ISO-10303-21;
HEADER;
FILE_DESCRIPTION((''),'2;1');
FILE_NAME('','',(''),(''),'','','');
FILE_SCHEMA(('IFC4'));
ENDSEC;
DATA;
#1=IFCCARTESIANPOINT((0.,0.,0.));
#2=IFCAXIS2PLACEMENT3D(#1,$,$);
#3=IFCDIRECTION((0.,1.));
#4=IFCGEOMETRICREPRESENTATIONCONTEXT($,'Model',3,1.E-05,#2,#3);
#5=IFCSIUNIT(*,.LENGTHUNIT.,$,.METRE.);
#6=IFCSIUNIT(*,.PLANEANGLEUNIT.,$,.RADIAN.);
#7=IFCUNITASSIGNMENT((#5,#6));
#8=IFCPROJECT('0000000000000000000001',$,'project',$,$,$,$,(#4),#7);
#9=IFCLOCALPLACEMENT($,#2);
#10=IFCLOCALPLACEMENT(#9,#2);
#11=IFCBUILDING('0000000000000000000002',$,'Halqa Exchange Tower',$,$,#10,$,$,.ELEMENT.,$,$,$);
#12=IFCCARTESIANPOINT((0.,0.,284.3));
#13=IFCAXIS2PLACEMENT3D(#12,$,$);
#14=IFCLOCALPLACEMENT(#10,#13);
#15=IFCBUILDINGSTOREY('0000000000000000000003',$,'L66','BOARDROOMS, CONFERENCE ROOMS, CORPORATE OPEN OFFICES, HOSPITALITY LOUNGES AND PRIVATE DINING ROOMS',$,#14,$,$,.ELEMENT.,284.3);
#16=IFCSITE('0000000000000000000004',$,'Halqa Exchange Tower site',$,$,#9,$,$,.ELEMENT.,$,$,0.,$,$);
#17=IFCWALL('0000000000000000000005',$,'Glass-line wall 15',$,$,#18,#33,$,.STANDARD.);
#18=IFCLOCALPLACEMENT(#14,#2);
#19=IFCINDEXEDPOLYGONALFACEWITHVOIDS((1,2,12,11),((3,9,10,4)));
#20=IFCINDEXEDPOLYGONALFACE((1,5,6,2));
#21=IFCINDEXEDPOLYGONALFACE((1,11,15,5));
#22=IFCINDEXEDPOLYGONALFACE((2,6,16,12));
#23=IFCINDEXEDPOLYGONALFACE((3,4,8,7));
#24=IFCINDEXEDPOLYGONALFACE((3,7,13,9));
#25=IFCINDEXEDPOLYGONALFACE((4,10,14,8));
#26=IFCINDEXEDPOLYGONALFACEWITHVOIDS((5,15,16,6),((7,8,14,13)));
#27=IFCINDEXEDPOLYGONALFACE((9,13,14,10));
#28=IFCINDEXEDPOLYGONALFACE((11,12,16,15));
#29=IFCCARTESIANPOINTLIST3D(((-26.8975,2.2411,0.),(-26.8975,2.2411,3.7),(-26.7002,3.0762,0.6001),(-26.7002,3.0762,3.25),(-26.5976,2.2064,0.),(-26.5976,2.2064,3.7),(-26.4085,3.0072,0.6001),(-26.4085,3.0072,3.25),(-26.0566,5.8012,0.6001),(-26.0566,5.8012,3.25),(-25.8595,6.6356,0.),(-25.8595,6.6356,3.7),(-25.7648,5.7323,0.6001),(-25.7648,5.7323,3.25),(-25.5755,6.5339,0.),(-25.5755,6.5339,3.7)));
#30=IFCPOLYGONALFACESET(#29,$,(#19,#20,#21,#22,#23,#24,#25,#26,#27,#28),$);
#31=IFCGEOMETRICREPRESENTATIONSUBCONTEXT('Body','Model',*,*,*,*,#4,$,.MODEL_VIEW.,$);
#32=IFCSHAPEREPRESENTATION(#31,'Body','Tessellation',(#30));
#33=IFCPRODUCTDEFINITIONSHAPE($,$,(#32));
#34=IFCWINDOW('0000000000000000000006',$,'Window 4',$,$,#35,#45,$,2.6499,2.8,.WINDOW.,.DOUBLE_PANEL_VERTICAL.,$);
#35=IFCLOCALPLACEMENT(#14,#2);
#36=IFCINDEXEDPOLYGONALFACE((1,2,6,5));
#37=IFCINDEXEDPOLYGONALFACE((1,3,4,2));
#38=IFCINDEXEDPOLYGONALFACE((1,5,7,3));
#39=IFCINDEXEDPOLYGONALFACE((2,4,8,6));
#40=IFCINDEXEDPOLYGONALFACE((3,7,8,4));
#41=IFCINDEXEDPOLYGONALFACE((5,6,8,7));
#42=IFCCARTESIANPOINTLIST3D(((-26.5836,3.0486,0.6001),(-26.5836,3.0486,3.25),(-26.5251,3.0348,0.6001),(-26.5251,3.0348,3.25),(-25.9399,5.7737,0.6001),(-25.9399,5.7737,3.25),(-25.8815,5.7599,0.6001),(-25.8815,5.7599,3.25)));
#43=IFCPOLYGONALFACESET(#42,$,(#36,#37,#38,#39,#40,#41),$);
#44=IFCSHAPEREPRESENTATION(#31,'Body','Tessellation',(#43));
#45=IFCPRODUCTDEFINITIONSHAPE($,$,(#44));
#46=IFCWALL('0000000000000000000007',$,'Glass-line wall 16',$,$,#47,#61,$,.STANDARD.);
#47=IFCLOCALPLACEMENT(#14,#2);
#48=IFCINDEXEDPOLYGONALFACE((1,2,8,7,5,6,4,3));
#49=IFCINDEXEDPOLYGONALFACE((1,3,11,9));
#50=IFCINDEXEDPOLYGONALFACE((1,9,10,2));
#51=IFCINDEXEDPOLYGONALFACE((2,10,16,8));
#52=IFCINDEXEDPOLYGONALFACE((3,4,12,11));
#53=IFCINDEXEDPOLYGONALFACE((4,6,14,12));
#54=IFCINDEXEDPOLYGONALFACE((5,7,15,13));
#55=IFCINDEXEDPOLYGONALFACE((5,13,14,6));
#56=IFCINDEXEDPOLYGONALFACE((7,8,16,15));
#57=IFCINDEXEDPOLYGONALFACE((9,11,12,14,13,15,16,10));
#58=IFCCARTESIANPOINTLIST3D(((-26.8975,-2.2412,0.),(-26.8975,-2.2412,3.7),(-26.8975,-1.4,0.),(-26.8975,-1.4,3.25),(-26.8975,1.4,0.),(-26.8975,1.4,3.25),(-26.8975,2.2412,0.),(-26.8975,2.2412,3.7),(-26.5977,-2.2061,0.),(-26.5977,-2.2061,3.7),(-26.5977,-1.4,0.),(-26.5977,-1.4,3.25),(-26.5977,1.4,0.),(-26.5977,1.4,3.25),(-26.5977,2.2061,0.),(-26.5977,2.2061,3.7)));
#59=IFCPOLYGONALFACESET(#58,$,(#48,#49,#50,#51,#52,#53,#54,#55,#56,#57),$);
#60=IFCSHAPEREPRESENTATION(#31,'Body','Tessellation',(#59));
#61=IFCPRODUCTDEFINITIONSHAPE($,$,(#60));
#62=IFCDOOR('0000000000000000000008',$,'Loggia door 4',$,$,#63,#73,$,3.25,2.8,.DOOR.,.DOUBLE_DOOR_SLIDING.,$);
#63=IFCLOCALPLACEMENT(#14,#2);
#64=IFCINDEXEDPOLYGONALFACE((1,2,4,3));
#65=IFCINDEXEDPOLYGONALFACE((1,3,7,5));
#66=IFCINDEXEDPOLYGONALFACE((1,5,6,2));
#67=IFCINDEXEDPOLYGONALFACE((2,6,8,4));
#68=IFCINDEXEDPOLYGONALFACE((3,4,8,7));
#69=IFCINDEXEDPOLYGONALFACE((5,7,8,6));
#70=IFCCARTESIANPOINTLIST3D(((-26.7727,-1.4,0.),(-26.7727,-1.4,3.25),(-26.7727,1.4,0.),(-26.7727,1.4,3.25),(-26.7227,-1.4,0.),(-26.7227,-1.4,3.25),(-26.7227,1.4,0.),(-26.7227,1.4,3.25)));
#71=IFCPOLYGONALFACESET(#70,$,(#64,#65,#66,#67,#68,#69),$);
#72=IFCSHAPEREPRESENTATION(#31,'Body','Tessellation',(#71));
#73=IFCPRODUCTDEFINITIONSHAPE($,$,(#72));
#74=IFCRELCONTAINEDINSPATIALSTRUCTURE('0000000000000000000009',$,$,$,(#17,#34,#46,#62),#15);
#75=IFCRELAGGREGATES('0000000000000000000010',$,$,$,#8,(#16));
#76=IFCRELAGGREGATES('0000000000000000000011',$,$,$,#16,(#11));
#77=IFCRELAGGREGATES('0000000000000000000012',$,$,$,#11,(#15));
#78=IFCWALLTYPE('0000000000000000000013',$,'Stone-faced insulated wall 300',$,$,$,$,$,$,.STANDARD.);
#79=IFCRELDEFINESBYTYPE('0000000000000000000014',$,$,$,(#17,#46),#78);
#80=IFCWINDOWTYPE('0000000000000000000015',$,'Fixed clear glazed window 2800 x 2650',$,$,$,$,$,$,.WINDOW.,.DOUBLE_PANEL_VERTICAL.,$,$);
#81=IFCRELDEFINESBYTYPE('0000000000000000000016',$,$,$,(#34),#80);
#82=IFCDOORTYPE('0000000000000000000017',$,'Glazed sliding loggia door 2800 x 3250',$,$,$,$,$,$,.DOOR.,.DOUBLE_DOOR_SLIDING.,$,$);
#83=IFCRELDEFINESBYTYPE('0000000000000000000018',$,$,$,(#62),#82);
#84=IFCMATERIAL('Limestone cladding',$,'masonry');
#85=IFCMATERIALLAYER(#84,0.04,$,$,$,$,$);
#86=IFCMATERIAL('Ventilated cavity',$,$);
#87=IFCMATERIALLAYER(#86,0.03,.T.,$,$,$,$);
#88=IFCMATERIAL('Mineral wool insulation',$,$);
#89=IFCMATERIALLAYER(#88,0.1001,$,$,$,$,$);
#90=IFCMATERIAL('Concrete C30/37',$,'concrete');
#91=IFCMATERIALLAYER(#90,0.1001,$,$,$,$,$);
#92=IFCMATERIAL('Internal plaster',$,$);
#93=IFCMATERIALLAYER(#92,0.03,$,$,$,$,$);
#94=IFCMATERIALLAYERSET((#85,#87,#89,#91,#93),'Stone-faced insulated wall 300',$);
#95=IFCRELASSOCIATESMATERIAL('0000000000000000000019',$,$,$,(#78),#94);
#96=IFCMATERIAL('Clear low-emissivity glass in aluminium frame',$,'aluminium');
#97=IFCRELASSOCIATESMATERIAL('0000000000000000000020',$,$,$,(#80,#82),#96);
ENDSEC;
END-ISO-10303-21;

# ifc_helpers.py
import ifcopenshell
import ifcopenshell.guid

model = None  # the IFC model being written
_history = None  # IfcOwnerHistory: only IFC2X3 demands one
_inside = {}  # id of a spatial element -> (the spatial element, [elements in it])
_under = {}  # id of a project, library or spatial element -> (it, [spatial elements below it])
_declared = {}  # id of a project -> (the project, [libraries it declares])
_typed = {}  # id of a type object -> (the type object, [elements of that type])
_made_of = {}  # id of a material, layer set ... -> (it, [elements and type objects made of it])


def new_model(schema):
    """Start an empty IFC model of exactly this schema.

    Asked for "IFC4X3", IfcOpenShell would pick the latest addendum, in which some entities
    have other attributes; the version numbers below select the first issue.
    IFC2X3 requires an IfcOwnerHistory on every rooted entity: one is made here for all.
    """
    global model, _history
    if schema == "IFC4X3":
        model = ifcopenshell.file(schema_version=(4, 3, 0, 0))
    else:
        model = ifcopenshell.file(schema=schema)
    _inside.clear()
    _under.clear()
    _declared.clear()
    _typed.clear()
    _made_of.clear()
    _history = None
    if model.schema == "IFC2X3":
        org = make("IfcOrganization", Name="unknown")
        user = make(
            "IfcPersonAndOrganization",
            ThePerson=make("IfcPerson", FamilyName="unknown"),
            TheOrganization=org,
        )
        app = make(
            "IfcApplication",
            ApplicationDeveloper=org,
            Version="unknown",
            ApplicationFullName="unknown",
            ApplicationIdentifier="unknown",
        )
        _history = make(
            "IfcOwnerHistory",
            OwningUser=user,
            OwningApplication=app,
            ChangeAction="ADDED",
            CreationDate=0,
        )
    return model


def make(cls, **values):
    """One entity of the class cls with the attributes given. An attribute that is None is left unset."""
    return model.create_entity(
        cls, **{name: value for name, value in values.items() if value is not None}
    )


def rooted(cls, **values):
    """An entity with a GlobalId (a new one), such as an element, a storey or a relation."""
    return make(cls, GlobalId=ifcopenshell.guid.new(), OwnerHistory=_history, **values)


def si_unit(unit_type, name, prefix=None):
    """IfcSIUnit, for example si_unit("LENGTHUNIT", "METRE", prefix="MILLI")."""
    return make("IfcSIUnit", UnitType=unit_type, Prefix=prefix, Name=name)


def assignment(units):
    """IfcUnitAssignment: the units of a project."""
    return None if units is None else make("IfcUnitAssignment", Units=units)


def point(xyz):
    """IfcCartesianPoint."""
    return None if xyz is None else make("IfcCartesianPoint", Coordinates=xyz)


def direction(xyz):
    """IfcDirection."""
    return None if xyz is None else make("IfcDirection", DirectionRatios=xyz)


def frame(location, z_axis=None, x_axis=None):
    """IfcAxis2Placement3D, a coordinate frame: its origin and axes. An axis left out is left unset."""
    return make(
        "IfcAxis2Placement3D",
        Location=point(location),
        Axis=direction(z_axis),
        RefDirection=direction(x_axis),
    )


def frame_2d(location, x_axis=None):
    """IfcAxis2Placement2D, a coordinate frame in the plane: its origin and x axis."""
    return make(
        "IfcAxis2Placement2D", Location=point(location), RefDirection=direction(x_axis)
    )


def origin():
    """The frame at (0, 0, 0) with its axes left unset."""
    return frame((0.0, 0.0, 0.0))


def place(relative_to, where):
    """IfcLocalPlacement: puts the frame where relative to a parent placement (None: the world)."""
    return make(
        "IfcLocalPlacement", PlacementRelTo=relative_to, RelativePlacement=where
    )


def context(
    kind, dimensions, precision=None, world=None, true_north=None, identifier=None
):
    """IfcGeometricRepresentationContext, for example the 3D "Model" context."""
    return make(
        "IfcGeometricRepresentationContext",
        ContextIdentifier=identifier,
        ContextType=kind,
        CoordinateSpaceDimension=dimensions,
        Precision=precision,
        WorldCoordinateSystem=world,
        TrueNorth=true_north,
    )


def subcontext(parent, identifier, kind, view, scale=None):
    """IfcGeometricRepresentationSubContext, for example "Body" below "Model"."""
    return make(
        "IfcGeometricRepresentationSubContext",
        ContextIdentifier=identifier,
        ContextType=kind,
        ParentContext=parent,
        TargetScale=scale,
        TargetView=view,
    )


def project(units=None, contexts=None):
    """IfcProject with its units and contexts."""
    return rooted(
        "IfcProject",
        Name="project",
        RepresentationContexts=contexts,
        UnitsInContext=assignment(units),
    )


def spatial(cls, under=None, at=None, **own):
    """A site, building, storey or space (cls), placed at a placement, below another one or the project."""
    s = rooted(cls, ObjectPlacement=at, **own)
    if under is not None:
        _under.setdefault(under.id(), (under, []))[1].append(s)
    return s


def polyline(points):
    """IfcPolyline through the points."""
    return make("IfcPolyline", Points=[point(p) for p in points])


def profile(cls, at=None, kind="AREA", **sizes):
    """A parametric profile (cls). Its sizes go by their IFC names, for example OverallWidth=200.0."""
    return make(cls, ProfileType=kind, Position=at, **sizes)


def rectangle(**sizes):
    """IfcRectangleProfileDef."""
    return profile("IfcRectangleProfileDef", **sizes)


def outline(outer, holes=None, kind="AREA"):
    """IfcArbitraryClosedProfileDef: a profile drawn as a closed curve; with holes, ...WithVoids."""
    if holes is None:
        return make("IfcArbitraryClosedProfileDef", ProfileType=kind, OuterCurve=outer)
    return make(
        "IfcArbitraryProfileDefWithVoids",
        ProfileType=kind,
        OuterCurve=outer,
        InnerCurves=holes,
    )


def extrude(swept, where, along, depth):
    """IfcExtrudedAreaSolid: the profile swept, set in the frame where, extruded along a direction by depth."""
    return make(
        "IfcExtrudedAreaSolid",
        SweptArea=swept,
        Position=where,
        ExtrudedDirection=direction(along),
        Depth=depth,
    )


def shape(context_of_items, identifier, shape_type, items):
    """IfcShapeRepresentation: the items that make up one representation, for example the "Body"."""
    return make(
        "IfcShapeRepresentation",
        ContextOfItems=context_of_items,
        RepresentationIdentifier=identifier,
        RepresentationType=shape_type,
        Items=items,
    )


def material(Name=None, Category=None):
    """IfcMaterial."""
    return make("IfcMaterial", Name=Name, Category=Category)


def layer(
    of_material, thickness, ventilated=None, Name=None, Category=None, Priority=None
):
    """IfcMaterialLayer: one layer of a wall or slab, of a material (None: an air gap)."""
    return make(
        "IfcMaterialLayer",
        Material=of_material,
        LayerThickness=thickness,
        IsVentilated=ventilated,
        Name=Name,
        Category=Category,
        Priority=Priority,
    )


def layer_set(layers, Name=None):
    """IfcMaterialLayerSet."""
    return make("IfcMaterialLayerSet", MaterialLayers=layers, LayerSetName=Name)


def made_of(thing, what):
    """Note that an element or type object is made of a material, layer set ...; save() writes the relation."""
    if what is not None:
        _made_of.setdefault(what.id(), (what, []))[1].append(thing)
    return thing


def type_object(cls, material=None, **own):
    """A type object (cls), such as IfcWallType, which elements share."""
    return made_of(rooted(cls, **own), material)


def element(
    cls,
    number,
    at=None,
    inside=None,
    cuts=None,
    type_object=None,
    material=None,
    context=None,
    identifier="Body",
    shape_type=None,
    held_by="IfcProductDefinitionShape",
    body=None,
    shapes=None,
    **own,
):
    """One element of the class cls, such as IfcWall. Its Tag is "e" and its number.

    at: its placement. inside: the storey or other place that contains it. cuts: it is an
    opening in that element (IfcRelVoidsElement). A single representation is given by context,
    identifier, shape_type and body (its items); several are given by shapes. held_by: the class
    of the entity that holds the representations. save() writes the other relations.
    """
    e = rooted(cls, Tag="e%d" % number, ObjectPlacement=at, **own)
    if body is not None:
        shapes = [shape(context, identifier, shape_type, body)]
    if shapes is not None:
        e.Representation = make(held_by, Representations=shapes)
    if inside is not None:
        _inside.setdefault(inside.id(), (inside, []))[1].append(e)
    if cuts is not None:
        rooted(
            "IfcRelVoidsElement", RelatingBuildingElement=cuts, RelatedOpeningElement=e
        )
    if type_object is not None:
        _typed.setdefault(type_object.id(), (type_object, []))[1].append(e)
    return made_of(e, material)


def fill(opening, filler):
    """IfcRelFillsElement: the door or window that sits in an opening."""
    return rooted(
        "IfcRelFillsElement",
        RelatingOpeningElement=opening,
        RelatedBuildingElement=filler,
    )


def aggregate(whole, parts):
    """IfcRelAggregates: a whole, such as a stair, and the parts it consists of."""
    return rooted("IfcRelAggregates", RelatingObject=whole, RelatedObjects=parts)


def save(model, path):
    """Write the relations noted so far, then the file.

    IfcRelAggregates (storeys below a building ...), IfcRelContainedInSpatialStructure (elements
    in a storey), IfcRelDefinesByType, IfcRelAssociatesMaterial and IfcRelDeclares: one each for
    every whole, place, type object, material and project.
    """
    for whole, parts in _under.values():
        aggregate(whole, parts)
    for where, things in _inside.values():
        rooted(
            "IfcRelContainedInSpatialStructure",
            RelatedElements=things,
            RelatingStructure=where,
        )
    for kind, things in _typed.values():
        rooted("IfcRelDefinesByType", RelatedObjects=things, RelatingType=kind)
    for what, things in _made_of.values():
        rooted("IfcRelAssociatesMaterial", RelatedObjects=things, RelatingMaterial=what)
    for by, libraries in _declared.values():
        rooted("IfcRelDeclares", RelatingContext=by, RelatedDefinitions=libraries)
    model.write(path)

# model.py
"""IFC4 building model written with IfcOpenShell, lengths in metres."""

from ifc_helpers import new_model, si_unit, direction, frame, frame_2d, origin, place, context, subcontext, project, spatial, polyline, rectangle, outline, extrude, material, layer, layer_set, type_object, element, fill, save


model = new_model("IFC4")

# Units and contexts
model_context = context("Model", 3, precision=1e-05, world=origin(), true_north=direction((0.0, 1.0)))
body_context = subcontext(model_context, "Body", "Model", "MODEL_VIEW")
ifc_project = project(units=[si_unit("LENGTHUNIT", "METRE"), si_unit("PLANEANGLEUNIT", "RADIAN")], contexts=[model_context])

# Site, building, storey
site_placement = place(None, origin())
site = spatial("IfcSite", under=ifc_project, at=site_placement, Name="Halqa Exchange Tower site", CompositionType="ELEMENT", RefElevation=0.0)
building_placement = place(site_placement, origin())
building = spatial("IfcBuilding", under=site, at=building_placement, Name="Halqa Exchange Tower", CompositionType="ELEMENT")
storey_placement = place(building_placement, frame((0.0, 0.0, 284.3)))
storey = spatial("IfcBuildingStorey", under=building, at=storey_placement, Name="L66", Description="BOARDROOMS, CONFERENCE ROOMS, CORPORATE OPEN OFFICES, HOSPITALITY LOUNGES AND PRIVATE DINING ROOMS", CompositionType="ELEMENT", Elevation=284.3)

# Wall, opening, window
ifc_material_1 = material(Name="Limestone cladding", Category="masonry")
ifc_layer_1 = layer(ifc_material_1, 0.04)
ifc_material_2 = material(Name="Ventilated cavity")
ifc_layer_2 = layer(ifc_material_2, 0.03, ventilated=True)
ifc_material_3 = material(Name="Mineral wool insulation")
ifc_layer_3 = layer(ifc_material_3, 0.1001)
ifc_material_4 = material(Name="Concrete C30/37", Category="concrete")
ifc_layer_4 = layer(ifc_material_4, 0.1001)
ifc_material_5 = material(Name="Internal plaster")
ifc_layer_5 = layer(ifc_material_5, 0.03)
ifc_layer_set_1 = layer_set([ifc_layer_1, ifc_layer_2, ifc_layer_3, ifc_layer_4, ifc_layer_5], Name="Stone-faced insulated wall 300")
wall_type_1 = type_object("IfcWallType", Name="Stone-faced insulated wall 300", PredefinedType="STANDARD", material=ifc_layer_set_1)
ifc_material_6 = material(Name="Clear low-emissivity glass in aluminium frame", Category="aluminium")
window_type = type_object("IfcWindowType", Name="Fixed clear glazed window 2800 x 2650", PartitioningType="DOUBLE_PANEL_VERTICAL", PredefinedType="WINDOW", material=ifc_material_6)
wall_1_placement = place(storey_placement, frame((-25.7175, 6.5847, 0.0), z_axis=(0.0, 0.0, 1.0), x_axis=(-0.229862, -0.973223, 0.0)))
wall_1 = element("IfcWall", 1, at=wall_1_placement, inside=storey, type_object=wall_type_1, Name="Glass-line wall 15", PredefinedType="STANDARD", context=body_context, shape_type="SweptSolid", body=[
    extrude(outline(polyline([(-0.0168, -0.1499), (4.4985, -0.1499), (4.4634, 0.1499), (0.0168, 0.1499), (-0.0168, -0.1499)])), origin(), (0.0, 0.0, 1.0), 3.7),
])
opening_1_placement = place(wall_1_placement, frame((0.8406, 0.0, 0.6001)))
opening_1 = element("IfcOpeningElement", 2, at=opening_1_placement, cuts=wall_1, PredefinedType="OPENING", context=body_context, shape_type="SweptSolid", body=[
    extrude(rectangle(XDim=2.8, YDim=2.6499, at=frame_2d((1.3999, 1.325))), frame((0.0, 0.1621, 0.0), z_axis=(0.0, -1.0, 0.0), x_axis=(1.0, 0.0, 0.0)), (0.0, 0.0, 1.0), 0.324),
])
window_1_placement = place(opening_1_placement, origin())
window_1 = element("IfcWindow", 3, at=window_1_placement, inside=storey, type_object=window_type, Name="Window 4", OverallHeight=2.6499, OverallWidth=2.8, PartitioningType="DOUBLE_PANEL_VERTICAL", PredefinedType="WINDOW", context=body_context, shape_type="SweptSolid", body=[
    extrude(rectangle(XDim=2.8, YDim=2.6499, at=frame_2d((1.3999, 1.325))), frame((0.0, 0.03, 0.0), z_axis=(0.0, -1.0, 0.0), x_axis=(1.0, 0.0, 0.0)), (0.0, 0.0, 1.0), 0.0601),
])
fill(opening_1, window_1)

# Wall, opening, door
wall_2_placement = place(storey_placement, frame((-26.7476, 2.2236, 0.0), z_axis=(0.0, 0.0, 1.0), x_axis=(0.0, -1.0, 0.0)))
wall_2 = element("IfcWall", 4, at=wall_2_placement, inside=storey, type_object=wall_type_1, Name="Glass-line wall 16", PredefinedType="STANDARD", context=body_context, shape_type="SweptSolid", body=[
    extrude(outline(polyline([(-0.0176, -0.1499), (4.4648, -0.1499), (4.4297, 0.1499), (0.0176, 0.1499), (-0.0176, -0.1499)])), origin(), (0.0, 0.0, 1.0), 3.7),
])
opening_2_placement = place(wall_2_placement, frame((0.8237, 0.0, 0.0)))
opening_2 = element("IfcOpeningElement", 5, at=opening_2_placement, cuts=wall_2, PredefinedType="OPENING", context=body_context, shape_type="SweptSolid", body=[
    extrude(rectangle(XDim=2.8, YDim=3.25, at=frame_2d((1.3999, 1.625))), frame((0.0, 0.1621, 0.0), z_axis=(0.0, -1.0, 0.0), x_axis=(1.0, 0.0, 0.0)), (0.0, 0.0, 1.0), 0.324),
])
door_type = type_object("IfcDoorType", Name="Glazed sliding loggia door 2800 x 3250", OperationType="DOUBLE_DOOR_SLIDING", PredefinedType="DOOR", material=ifc_material_6)
door_placement = place(opening_2_placement, origin())
door = element("IfcDoor", 6, at=door_placement, inside=storey, type_object=door_type, Name="Loggia door 4", OperationType="DOUBLE_DOOR_SLIDING", OverallHeight=3.25, OverallWidth=2.8, PredefinedType="DOOR", context=body_context, shape_type="SweptSolid", body=[
    extrude(rectangle(XDim=2.8, YDim=3.25, at=frame_2d((1.3999, 1.625))), frame((0.0, 0.0249, 0.0), z_axis=(0.0, -1.0, 0.0), x_axis=(1.0, 0.0, 0.0)), (0.0, 0.0, 1.0), 0.05),
])
fill(opening_2, door)

save(model, "model.ifc")
